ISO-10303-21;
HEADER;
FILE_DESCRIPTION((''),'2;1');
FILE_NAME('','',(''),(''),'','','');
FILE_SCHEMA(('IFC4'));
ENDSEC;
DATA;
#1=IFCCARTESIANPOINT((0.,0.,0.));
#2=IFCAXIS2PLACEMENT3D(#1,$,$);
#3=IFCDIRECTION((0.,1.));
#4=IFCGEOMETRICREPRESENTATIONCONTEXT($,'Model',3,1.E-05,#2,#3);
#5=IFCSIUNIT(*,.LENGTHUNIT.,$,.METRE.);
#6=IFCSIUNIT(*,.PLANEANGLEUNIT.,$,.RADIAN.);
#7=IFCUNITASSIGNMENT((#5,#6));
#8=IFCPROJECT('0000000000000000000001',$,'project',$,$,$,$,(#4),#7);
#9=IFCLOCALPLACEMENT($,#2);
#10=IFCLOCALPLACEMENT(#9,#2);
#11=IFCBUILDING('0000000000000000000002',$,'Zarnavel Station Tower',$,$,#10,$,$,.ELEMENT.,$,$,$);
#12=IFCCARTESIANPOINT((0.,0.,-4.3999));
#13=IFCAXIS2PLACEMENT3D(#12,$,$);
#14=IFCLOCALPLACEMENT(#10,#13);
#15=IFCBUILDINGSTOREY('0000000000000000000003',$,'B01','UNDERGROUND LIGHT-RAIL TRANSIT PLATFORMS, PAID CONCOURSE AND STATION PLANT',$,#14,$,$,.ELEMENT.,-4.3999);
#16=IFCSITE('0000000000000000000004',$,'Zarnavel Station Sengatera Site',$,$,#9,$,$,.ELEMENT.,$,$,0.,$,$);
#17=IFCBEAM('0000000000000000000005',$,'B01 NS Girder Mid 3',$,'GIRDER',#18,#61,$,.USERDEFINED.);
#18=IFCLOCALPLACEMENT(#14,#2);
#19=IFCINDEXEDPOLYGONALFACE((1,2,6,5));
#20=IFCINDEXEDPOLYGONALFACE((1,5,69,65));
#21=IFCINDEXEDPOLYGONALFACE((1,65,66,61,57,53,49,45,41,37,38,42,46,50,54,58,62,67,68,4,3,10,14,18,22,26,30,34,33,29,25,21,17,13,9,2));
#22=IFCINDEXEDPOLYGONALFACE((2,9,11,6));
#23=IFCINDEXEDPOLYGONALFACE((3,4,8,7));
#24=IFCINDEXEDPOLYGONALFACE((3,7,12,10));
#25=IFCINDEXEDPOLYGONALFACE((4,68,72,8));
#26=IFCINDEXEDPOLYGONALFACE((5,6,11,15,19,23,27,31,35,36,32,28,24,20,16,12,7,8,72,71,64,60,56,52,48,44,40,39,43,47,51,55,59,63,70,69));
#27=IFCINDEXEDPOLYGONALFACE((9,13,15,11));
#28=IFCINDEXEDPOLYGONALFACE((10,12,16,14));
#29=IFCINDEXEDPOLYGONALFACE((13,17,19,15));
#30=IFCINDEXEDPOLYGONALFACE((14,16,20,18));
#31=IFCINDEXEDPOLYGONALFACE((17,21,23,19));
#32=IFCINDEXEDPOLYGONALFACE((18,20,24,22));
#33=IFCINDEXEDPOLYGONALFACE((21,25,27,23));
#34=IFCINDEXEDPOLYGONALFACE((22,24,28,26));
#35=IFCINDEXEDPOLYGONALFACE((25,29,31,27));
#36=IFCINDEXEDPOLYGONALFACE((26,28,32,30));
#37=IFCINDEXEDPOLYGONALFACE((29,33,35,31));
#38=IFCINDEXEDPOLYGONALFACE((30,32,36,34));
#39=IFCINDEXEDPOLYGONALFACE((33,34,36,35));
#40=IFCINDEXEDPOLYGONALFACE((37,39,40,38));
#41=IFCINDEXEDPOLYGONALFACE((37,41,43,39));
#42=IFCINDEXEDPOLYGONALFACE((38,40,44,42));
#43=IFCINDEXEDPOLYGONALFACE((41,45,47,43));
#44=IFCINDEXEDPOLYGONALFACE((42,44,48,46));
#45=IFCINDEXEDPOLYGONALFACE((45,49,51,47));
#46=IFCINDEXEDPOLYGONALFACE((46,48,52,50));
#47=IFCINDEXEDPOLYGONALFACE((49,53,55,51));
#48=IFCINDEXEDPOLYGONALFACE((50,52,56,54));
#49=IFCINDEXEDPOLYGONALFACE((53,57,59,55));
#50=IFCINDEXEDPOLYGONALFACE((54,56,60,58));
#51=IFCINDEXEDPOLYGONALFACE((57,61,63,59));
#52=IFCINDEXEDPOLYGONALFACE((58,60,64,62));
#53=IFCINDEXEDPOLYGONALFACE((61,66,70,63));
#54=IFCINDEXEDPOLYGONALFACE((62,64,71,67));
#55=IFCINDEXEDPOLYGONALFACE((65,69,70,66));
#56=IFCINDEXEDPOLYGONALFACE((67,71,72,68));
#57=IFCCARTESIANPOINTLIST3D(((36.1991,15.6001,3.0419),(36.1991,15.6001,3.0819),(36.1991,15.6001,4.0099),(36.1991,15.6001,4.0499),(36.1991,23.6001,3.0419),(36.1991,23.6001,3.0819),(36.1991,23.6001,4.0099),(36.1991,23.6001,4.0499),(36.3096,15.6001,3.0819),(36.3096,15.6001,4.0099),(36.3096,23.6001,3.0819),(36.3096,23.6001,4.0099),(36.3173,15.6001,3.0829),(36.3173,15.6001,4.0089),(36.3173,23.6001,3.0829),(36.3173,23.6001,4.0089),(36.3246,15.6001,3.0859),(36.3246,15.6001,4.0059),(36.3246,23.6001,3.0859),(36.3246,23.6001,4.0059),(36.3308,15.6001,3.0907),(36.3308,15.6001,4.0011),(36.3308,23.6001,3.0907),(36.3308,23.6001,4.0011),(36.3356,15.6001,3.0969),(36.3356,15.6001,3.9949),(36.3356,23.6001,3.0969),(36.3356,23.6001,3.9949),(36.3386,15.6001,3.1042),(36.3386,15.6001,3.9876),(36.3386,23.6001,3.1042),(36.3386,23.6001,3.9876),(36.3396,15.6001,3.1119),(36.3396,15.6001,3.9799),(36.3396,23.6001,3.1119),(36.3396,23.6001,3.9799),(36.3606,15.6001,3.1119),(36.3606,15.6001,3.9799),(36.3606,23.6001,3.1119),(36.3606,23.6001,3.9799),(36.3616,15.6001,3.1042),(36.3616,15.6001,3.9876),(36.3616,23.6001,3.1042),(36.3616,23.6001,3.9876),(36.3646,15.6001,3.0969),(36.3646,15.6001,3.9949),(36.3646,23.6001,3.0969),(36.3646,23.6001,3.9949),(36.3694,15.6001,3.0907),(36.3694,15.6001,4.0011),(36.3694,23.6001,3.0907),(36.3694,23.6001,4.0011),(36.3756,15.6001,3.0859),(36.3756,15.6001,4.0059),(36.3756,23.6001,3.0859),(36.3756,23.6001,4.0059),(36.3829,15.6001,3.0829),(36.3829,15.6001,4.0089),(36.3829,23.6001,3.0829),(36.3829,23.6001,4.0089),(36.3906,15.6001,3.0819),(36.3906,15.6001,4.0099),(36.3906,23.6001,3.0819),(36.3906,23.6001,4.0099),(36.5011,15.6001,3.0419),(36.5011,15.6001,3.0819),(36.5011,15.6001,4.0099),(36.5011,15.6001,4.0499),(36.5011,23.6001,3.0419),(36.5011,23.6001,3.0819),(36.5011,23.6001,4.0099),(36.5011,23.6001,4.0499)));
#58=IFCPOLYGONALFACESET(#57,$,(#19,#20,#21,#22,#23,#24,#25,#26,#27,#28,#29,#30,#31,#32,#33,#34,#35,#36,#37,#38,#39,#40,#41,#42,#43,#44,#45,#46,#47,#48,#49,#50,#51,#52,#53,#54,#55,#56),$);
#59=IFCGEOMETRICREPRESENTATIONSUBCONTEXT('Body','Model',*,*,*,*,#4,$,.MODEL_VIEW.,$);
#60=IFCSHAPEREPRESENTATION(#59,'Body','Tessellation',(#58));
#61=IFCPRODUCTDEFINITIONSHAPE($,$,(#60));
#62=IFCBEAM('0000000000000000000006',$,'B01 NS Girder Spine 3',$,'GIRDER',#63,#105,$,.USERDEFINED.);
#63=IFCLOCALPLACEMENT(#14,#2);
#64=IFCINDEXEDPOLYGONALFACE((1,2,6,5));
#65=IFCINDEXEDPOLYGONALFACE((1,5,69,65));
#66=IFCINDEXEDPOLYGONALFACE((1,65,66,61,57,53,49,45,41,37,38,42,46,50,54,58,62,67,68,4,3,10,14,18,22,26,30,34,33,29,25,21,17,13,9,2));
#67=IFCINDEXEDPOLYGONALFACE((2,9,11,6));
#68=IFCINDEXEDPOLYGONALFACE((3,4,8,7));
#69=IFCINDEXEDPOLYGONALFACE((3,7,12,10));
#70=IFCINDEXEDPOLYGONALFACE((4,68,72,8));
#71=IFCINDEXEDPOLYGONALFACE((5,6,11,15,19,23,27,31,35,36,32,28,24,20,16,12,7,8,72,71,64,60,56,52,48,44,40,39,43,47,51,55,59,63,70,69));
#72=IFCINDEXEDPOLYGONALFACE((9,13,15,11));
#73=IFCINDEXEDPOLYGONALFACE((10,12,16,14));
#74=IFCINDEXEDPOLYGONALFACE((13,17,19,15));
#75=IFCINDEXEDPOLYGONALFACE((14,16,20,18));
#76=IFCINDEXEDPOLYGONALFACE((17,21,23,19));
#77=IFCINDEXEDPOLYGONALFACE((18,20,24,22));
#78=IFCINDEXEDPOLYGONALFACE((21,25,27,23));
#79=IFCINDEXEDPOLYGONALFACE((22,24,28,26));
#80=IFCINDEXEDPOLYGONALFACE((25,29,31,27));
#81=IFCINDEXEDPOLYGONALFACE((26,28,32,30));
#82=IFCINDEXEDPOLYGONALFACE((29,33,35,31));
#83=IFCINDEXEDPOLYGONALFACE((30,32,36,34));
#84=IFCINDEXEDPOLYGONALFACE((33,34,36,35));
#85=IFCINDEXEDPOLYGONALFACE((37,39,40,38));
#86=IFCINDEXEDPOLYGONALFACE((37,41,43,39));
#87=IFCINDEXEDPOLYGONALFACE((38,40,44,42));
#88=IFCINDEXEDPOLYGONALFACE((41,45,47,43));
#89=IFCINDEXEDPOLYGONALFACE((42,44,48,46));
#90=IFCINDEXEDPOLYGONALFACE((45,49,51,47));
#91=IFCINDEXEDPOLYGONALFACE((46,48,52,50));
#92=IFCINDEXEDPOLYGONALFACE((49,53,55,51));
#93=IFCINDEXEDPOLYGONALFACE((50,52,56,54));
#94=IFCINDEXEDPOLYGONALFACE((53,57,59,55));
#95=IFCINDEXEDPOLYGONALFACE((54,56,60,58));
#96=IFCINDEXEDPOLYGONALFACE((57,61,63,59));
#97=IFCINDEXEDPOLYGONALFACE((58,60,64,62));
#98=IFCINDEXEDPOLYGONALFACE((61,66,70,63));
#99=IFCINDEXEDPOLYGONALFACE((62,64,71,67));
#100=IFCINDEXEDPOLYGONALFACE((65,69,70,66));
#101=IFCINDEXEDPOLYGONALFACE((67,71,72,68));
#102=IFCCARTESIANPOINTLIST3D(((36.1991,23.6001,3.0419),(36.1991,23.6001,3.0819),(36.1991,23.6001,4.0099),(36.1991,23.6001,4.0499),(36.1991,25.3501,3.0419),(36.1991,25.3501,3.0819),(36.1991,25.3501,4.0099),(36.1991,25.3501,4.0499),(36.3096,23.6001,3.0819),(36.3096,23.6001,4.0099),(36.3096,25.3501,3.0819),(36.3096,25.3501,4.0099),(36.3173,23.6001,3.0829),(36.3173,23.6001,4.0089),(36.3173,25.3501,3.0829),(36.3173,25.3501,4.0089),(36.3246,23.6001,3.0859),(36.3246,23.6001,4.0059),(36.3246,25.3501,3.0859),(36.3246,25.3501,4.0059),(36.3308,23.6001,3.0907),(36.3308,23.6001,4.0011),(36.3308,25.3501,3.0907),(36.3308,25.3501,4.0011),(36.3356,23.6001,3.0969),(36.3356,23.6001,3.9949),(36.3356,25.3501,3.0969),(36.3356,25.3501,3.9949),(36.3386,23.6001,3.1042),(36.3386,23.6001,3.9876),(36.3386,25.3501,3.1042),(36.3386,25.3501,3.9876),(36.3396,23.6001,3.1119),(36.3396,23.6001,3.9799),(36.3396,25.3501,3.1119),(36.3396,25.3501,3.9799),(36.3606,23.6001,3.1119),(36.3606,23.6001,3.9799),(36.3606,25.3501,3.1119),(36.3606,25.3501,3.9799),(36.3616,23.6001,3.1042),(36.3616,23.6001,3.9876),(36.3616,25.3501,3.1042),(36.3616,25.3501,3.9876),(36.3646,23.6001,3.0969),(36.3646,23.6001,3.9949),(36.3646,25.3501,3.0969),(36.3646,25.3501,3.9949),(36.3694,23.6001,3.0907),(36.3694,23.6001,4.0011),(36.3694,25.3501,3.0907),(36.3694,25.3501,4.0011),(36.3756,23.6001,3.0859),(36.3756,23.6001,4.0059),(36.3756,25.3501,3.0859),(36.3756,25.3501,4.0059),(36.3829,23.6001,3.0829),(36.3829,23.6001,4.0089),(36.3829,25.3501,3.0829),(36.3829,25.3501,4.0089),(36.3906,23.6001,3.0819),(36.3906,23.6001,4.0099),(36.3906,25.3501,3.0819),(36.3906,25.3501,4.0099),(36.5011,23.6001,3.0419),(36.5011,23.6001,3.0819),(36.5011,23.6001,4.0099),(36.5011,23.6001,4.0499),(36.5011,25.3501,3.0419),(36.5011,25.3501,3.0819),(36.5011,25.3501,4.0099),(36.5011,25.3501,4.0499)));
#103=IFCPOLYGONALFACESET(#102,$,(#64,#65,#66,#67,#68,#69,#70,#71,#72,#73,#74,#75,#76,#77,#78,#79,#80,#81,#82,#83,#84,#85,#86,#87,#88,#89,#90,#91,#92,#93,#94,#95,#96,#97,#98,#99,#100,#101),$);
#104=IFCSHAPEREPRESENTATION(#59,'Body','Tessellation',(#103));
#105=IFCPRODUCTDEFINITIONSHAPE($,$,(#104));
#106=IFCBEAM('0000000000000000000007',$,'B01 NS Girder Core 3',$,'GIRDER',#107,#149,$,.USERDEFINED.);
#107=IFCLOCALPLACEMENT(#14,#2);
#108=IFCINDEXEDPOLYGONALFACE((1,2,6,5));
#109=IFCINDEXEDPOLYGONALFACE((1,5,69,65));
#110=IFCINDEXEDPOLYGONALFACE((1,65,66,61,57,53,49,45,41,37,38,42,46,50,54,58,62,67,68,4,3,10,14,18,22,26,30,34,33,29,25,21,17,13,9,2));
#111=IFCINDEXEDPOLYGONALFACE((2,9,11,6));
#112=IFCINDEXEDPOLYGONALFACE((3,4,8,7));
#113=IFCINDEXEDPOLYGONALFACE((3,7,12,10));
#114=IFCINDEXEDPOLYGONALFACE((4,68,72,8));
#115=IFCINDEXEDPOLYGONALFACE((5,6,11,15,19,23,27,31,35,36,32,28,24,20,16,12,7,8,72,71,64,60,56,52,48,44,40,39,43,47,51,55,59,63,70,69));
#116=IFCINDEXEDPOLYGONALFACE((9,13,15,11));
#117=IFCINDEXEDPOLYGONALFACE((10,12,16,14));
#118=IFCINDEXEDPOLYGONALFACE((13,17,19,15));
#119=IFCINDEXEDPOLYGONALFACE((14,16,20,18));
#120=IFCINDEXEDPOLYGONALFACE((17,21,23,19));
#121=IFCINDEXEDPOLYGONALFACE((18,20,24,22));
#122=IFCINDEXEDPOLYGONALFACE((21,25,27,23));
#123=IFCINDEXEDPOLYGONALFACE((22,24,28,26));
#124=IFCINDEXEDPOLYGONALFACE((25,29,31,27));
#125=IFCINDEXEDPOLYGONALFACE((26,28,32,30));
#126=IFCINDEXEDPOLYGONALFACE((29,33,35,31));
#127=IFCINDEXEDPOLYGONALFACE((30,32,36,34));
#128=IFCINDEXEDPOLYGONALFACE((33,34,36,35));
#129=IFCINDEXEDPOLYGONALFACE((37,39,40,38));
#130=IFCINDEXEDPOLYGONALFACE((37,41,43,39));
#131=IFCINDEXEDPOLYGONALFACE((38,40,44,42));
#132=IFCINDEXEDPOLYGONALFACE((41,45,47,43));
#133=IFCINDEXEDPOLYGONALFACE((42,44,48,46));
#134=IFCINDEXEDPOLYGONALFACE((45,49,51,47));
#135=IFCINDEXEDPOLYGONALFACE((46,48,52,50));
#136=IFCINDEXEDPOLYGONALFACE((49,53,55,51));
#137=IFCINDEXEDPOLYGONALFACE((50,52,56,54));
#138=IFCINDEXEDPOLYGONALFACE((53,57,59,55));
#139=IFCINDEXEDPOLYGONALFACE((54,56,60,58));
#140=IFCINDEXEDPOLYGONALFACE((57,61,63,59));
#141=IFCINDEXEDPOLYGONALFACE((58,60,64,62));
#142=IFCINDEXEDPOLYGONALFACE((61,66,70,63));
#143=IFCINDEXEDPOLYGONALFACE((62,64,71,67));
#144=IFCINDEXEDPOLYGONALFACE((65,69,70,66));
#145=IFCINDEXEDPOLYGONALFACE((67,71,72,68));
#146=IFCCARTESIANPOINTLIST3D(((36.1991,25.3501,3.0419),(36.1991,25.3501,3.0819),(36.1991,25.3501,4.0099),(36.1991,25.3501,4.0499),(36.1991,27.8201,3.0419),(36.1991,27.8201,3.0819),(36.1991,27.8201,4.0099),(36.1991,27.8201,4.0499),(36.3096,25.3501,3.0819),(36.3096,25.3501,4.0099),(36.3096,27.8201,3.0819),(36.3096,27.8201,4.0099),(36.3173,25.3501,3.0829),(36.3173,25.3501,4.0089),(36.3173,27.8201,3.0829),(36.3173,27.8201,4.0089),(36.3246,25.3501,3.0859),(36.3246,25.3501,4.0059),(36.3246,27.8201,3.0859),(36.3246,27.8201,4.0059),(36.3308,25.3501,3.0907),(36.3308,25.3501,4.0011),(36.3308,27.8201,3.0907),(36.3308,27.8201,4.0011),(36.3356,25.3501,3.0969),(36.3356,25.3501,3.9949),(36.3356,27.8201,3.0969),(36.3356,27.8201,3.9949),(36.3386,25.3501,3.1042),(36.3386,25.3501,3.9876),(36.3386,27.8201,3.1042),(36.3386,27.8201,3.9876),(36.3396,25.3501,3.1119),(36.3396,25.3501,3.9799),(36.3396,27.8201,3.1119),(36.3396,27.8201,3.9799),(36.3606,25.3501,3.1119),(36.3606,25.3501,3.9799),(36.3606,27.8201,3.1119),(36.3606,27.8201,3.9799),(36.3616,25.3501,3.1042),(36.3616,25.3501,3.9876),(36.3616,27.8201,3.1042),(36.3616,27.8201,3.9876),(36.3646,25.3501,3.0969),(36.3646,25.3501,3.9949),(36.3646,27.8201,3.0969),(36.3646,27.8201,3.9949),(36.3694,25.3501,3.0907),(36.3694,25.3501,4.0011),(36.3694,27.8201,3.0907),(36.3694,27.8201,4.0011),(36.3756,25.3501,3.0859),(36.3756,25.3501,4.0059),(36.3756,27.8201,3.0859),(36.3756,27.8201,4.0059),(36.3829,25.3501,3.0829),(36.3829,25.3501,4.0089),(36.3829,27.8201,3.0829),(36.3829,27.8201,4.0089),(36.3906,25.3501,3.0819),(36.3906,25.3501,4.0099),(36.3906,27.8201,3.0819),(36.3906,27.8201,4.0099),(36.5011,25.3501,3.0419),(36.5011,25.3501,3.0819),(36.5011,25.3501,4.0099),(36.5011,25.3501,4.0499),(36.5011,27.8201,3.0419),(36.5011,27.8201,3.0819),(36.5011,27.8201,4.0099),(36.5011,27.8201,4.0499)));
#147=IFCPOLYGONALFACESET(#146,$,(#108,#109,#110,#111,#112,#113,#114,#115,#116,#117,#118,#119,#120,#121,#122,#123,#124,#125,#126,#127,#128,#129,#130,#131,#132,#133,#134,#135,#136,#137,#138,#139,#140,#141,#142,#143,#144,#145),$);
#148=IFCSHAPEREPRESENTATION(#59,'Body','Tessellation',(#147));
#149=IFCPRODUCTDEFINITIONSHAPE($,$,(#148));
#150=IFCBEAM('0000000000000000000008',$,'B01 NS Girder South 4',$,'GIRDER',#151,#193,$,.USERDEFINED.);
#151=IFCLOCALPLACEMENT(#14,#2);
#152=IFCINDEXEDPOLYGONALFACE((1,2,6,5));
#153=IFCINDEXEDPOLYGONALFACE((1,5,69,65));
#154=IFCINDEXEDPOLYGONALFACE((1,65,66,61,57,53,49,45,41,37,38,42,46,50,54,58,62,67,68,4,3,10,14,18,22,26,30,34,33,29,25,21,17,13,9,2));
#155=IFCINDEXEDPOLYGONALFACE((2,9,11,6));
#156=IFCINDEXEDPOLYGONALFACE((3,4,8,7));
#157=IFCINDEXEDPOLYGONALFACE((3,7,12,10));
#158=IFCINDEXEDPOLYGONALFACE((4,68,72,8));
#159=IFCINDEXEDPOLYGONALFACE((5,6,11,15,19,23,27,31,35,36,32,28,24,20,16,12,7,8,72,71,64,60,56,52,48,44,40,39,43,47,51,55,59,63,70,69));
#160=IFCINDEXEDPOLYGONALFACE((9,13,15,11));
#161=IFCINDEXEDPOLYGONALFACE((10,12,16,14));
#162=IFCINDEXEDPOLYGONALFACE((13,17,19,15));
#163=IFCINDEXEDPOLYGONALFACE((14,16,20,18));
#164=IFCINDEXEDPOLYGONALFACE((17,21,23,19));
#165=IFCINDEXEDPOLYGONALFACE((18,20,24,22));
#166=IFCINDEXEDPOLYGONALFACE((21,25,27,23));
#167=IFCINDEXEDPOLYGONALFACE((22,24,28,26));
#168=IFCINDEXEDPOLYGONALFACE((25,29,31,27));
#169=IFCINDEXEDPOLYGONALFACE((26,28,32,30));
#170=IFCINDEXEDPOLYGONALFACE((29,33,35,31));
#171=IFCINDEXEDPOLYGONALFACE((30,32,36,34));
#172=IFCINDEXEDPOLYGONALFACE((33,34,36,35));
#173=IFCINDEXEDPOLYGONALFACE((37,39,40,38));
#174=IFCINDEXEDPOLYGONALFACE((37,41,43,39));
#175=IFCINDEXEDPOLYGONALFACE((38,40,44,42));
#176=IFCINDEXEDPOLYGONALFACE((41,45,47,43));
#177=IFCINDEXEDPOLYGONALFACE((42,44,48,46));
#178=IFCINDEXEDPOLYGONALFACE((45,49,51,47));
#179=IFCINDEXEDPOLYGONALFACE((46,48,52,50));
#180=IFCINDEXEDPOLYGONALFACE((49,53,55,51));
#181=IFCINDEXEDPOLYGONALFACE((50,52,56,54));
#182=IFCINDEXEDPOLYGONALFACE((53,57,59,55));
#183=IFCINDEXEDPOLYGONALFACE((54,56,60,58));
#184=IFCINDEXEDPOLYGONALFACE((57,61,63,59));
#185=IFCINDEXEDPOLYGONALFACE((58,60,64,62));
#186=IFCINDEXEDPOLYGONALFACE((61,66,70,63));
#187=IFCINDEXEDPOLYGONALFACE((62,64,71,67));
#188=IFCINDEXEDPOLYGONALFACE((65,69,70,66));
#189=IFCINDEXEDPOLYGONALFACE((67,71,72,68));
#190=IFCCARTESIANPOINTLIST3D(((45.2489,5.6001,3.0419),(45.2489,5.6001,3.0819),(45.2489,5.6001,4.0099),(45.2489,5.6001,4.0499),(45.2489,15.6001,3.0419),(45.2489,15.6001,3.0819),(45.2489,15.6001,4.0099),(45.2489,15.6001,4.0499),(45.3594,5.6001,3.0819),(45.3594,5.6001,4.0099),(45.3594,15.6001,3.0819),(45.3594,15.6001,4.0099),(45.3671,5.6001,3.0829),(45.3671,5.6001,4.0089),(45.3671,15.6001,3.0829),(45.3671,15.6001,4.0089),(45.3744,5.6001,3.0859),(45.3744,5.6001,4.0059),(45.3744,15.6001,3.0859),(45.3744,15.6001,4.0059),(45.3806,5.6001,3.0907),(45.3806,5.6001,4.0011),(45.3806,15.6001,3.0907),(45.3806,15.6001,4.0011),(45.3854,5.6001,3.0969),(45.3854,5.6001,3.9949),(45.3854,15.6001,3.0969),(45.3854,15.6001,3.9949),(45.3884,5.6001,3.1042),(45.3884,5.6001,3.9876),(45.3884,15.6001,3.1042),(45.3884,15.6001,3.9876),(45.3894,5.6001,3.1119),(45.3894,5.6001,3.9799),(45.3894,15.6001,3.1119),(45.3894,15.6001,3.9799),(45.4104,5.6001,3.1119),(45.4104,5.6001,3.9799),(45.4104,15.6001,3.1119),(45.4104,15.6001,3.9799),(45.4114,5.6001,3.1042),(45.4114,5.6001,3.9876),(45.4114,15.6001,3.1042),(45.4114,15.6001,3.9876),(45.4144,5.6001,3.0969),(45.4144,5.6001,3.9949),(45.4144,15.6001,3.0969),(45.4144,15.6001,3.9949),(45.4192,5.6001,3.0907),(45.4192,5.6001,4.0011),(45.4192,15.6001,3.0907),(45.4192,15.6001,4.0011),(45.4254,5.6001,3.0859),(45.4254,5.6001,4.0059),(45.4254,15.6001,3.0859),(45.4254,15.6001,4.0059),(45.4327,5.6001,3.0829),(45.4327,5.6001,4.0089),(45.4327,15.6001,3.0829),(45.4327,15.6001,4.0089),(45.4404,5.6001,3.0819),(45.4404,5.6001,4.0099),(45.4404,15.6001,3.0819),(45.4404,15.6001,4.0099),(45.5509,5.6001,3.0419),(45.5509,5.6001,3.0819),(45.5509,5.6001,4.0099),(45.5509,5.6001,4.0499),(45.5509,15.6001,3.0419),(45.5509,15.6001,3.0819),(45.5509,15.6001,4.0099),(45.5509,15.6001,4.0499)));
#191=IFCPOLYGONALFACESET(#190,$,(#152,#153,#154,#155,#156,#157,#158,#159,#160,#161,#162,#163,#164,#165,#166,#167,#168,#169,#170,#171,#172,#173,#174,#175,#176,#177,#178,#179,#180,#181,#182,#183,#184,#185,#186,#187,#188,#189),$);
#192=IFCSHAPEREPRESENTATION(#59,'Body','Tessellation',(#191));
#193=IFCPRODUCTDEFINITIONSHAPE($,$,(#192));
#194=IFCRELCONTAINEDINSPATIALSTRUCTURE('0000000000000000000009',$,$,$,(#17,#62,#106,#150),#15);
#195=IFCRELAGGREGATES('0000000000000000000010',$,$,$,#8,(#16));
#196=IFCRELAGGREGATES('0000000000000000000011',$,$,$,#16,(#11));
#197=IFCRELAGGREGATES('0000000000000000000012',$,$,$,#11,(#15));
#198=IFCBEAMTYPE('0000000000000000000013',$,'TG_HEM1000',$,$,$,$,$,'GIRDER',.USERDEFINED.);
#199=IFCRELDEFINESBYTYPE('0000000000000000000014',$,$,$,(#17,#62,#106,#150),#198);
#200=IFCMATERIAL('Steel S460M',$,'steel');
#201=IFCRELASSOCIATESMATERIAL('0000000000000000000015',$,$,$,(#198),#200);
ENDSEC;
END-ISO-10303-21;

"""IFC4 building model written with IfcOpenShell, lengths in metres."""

from ifc_helpers import new_model, si_unit, direction, frame, origin, origin_2d, place, context, subcontext, project, spatial, i_section, extrude, material, material_profile, profile_set, type_object, element, save


model = new_model("IFC4")

# Units and contexts
model_context = context("Model", 3, precision=1e-05, world=origin(), true_north=direction((0.0, 1.0)))
body_context = subcontext(model_context, "Body", "Model", "MODEL_VIEW")
ifc_project = project(units=[si_unit("LENGTHUNIT", "METRE"), si_unit("PLANEANGLEUNIT", "RADIAN")], contexts=[model_context])

# Site, building, storey
site_placement = place(None, origin())
site = spatial("IfcSite", under=ifc_project, at=site_placement, Name="Zarnavel Station Sengatera Site", CompositionType="ELEMENT", RefElevation=0.0)
building_placement = place(site_placement, origin())
building = spatial("IfcBuilding", under=site, at=building_placement, Name="Zarnavel Station Tower", CompositionType="ELEMENT")
storey_placement = place(building_placement, frame((0.0, 0.0, -4.3999)))
storey = spatial("IfcBuildingStorey", under=building, at=storey_placement, Name="B01", Description="UNDERGROUND LIGHT-RAIL TRANSIT PLATFORMS, PAID CONCOURSE AND STATION PLANT", CompositionType="ELEMENT", Elevation=-4.3999)

# Beams
ifc_material_1 = material(Name="Steel S460M", Category="steel")
ifc_material_profile_1 = material_profile(ifc_material_1, i_section(OverallWidth=0.302, OverallDepth=1.0081, WebThickness=0.021, FlangeThickness=0.04, FilletRadius=0.03, at=origin_2d()), Name="HEM1000")
ifc_profile_set_1 = profile_set([ifc_material_profile_1], Name="Steel S460M")
beam_type_1 = type_object("IfcBeamType", Name="TG_HEM1000", ElementType="GIRDER", PredefinedType="USERDEFINED", material=ifc_profile_set_1)
beam_1_placement = place(storey_placement, frame((36.3501, 15.6001, 3.5459), z_axis=(0.0, 1.0, 0.0), x_axis=(-1.0, 0.0, 0.0)))
element("IfcBeam", 1, at=beam_1_placement, inside=storey, type_object=beam_type_1, Name="B01 NS Girder Mid 3", ObjectType="GIRDER", PredefinedType="USERDEFINED", context=body_context, shape_type="SweptSolid", body=[
    extrude(i_section(OverallWidth=0.302, OverallDepth=1.0081, WebThickness=0.021, FlangeThickness=0.04, FilletRadius=0.03, at=origin_2d()), origin(), (0.0, 0.0, 1.0), 8.0),
])
beam_2_placement = place(storey_placement, frame((36.3501, 23.6001, 3.5459), z_axis=(0.0, 1.0, 0.0), x_axis=(-1.0, 0.0, 0.0)))
element("IfcBeam", 2, at=beam_2_placement, inside=storey, type_object=beam_type_1, Name="B01 NS Girder Spine 3", ObjectType="GIRDER", PredefinedType="USERDEFINED", context=body_context, shape_type="SweptSolid", body=[
    extrude(i_section(OverallWidth=0.302, OverallDepth=1.0081, WebThickness=0.021, FlangeThickness=0.04, FilletRadius=0.03, at=origin_2d()), origin(), (0.0, 0.0, 1.0), 1.75),
])
beam_3_placement = place(storey_placement, frame((36.3501, 25.3501, 3.5459), z_axis=(0.0, 1.0, 0.0), x_axis=(-1.0, 0.0, 0.0)))
element("IfcBeam", 3, at=beam_3_placement, inside=storey, type_object=beam_type_1, Name="B01 NS Girder Core 3", ObjectType="GIRDER", PredefinedType="USERDEFINED", context=body_context, shape_type="SweptSolid", body=[
    extrude(i_section(OverallWidth=0.302, OverallDepth=1.0081, WebThickness=0.021, FlangeThickness=0.04, FilletRadius=0.03, at=origin_2d()), origin(), (0.0, 0.0, 1.0), 2.47),
])
beam_4_placement = place(storey_placement, frame((45.3999, 5.6001, 3.5459), z_axis=(0.0, 1.0, 0.0), x_axis=(-1.0, 0.0, 0.0)))
element("IfcBeam", 4, at=beam_4_placement, inside=storey, type_object=beam_type_1, Name="B01 NS Girder South 4", ObjectType="GIRDER", PredefinedType="USERDEFINED", context=body_context, shape_type="SweptSolid", body=[
    extrude(i_section(OverallWidth=0.302, OverallDepth=1.0081, WebThickness=0.021, FlangeThickness=0.04, FilletRadius=0.03, at=origin_2d()), origin(), (0.0, 0.0, 1.0), 10.0),
])

save(model, "model.ifc")
